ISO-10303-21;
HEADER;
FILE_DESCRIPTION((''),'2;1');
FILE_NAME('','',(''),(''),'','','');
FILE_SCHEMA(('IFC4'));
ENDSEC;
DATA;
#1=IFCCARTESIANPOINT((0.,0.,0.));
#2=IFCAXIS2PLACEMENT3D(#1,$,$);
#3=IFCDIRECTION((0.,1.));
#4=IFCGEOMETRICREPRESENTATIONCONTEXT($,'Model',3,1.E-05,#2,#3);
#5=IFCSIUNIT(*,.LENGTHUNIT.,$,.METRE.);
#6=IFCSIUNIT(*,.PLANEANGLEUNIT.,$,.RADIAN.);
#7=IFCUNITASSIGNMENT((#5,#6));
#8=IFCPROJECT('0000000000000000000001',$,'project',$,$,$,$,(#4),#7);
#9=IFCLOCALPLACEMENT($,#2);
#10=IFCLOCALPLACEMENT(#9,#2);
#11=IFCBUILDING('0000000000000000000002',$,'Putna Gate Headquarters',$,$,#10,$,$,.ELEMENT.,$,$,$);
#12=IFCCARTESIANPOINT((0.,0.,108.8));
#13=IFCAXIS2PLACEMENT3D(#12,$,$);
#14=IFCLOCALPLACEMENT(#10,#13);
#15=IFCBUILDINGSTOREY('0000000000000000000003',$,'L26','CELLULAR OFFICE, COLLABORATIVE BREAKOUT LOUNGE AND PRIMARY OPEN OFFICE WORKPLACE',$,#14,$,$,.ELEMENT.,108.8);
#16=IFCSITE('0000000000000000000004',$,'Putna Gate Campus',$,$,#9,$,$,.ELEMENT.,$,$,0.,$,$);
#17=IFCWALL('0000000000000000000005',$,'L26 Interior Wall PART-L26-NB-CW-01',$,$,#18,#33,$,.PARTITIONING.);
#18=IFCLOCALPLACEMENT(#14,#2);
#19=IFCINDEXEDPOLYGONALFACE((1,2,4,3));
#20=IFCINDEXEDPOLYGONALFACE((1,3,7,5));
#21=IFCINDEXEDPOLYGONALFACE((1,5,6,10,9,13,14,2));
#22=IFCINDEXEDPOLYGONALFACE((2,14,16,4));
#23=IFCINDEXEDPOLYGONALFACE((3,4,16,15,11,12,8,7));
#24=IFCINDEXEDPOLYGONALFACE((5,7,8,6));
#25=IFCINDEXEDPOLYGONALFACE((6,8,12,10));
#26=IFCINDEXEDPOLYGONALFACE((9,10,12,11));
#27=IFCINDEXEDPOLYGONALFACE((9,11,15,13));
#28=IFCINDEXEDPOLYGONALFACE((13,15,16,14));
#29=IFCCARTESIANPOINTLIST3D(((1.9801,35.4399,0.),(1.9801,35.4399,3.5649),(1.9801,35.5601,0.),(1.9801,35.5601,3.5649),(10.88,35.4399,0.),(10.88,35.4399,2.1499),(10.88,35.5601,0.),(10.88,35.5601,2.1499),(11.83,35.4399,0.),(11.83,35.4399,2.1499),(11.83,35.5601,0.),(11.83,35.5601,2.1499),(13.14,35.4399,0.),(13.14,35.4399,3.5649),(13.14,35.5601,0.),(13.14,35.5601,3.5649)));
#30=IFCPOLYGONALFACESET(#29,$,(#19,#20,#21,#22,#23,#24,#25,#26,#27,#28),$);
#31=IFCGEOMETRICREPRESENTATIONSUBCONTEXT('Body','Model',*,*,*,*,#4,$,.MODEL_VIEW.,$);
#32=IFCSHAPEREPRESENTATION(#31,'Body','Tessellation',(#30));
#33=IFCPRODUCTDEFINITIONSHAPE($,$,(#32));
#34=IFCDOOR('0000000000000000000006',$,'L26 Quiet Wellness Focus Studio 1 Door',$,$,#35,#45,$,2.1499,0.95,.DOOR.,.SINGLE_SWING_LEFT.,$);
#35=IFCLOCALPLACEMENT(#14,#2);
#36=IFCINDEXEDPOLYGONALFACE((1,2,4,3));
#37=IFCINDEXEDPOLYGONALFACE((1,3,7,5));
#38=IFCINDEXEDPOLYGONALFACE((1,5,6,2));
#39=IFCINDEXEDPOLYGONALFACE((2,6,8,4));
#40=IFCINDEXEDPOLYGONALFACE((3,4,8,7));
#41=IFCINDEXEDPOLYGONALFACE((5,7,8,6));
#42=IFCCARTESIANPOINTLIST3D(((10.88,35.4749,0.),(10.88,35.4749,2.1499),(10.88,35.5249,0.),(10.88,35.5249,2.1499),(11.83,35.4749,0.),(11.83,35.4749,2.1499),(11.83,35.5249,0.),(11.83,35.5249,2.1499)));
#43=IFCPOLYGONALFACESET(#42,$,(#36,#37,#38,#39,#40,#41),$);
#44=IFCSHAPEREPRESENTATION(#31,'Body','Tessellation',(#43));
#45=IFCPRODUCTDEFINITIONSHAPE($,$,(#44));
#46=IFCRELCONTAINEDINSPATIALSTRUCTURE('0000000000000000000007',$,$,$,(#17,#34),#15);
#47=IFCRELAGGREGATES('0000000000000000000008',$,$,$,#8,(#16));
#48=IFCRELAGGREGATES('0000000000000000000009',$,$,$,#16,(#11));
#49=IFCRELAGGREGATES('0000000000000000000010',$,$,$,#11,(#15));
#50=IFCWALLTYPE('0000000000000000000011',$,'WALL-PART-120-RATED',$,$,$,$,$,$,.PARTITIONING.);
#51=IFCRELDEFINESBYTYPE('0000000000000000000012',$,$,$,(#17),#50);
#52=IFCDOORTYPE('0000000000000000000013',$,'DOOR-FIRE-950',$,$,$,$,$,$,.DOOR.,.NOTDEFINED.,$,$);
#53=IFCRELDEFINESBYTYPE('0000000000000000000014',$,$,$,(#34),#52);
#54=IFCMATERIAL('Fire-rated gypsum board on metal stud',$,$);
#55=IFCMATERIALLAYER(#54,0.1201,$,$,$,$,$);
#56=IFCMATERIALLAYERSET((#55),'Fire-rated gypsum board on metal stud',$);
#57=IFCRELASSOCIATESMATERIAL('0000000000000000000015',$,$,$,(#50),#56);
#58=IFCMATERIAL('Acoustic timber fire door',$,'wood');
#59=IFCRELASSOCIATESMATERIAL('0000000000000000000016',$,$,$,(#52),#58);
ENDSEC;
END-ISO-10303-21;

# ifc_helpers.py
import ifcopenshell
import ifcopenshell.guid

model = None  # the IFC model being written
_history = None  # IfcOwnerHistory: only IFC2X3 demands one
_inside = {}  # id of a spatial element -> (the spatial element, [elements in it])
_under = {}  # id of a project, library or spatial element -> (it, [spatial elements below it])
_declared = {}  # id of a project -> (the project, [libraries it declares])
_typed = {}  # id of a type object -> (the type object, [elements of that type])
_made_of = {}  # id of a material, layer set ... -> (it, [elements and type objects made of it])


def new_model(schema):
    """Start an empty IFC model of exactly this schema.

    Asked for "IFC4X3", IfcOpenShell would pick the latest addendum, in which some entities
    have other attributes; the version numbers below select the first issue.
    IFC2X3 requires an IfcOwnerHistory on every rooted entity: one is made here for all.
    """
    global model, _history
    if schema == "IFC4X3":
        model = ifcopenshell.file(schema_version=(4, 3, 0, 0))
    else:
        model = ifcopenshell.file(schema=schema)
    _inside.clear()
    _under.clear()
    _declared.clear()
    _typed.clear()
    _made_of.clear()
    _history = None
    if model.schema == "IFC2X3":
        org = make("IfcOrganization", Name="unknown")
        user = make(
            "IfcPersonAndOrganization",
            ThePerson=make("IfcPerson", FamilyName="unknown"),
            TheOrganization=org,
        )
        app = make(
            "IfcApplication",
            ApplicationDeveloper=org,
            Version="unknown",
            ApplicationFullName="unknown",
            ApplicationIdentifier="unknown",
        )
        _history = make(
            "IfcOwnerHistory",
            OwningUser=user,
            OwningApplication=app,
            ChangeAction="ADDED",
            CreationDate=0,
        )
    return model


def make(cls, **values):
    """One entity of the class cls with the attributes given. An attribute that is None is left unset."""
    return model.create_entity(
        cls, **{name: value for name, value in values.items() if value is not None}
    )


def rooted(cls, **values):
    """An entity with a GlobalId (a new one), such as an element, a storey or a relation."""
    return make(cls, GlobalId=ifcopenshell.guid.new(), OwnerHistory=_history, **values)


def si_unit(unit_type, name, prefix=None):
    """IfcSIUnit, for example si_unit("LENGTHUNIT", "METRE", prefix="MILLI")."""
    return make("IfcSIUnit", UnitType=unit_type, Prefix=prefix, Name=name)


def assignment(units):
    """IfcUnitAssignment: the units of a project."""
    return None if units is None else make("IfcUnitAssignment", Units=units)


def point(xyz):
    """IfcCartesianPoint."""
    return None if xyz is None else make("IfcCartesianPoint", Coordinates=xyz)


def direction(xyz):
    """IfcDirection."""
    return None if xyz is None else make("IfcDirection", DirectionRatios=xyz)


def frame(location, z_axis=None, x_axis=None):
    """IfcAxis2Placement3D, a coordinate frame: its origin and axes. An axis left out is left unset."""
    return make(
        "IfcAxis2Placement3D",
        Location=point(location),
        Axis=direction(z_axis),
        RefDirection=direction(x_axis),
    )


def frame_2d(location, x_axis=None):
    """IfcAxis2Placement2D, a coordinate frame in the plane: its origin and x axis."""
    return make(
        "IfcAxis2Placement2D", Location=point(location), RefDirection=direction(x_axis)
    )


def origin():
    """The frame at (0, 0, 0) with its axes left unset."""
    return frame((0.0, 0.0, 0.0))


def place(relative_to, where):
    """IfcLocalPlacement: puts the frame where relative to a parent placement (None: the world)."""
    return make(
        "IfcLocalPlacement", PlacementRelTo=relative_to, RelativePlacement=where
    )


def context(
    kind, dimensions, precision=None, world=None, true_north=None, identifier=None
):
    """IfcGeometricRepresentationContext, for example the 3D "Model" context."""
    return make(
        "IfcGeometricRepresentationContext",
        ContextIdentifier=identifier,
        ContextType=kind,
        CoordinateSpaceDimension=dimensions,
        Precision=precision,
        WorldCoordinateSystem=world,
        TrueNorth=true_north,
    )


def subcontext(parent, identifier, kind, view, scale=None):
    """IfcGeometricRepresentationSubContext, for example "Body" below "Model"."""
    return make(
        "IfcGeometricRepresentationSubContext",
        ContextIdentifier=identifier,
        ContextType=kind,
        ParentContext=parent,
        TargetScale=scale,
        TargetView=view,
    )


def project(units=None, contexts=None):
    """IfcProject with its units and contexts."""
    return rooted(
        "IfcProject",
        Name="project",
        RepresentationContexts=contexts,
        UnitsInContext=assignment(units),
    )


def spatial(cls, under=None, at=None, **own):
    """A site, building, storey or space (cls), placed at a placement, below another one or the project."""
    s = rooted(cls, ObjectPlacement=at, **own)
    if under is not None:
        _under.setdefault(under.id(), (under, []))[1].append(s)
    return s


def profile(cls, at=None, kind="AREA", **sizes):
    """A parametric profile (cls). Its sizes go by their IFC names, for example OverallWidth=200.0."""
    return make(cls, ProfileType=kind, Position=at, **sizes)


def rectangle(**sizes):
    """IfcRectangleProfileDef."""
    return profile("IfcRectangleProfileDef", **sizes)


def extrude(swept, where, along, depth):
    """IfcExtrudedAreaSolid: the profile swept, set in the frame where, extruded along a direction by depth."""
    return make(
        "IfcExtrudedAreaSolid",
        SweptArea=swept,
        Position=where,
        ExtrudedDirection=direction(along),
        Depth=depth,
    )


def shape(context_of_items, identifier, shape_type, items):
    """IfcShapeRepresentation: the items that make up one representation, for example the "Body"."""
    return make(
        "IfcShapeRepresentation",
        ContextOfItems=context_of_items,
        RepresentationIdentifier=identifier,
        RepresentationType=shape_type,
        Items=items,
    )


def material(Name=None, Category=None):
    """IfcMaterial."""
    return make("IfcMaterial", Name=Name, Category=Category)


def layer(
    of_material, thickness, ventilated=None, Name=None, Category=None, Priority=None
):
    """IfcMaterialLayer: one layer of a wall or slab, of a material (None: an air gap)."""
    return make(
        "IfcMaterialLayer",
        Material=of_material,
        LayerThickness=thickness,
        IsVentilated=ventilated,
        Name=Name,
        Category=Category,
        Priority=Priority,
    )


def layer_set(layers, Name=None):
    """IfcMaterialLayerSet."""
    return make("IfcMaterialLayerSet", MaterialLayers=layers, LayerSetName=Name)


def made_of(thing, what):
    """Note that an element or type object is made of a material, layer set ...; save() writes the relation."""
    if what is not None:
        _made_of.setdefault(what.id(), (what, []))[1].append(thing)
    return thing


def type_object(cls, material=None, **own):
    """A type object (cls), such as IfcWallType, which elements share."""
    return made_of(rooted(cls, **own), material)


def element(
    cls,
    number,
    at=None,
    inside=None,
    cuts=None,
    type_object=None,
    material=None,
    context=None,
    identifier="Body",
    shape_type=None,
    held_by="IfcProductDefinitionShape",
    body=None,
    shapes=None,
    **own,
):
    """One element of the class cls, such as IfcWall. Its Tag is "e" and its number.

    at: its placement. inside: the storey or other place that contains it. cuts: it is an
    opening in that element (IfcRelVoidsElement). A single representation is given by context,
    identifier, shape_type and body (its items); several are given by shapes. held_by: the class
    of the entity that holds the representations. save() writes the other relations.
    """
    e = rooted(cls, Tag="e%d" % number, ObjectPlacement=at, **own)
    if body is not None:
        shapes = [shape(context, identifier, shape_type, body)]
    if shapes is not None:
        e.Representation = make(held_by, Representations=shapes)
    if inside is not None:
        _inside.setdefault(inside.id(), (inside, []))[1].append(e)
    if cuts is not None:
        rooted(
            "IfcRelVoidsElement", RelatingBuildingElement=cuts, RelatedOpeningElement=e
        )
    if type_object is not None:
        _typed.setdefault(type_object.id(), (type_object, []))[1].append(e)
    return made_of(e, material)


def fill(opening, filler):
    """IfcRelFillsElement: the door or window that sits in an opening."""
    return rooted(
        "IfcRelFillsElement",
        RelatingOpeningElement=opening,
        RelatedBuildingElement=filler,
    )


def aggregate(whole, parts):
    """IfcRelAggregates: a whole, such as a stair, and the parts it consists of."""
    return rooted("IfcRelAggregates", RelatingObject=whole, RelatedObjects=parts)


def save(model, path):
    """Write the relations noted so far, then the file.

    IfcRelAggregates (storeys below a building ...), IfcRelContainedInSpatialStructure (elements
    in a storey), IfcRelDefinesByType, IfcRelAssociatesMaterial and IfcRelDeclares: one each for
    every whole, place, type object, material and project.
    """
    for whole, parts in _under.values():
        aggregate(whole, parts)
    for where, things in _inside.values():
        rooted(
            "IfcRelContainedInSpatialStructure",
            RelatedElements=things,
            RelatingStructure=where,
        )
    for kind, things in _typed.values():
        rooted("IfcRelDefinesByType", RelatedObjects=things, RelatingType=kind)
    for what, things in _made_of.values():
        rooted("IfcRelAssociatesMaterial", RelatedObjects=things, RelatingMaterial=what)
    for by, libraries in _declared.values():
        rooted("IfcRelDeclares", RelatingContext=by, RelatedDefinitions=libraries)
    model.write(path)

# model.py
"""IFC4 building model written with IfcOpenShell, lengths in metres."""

from ifc_helpers import new_model, si_unit, direction, frame, frame_2d, origin, place, context, subcontext, project, spatial, rectangle, extrude, material, layer, layer_set, type_object, element, fill, save


model = new_model("IFC4")

# Units and contexts
model_context = context("Model", 3, precision=1e-05, world=origin(), true_north=direction((0.0, 1.0)))
body_context = subcontext(model_context, "Body", "Model", "MODEL_VIEW")
ifc_project = project(units=[si_unit("LENGTHUNIT", "METRE"), si_unit("PLANEANGLEUNIT", "RADIAN")], contexts=[model_context])

# Site, building, storey
site_placement = place(None, origin())
site = spatial("IfcSite", under=ifc_project, at=site_placement, Name="Putna Gate Campus", CompositionType="ELEMENT", RefElevation=0.0)
building_placement = place(site_placement, origin())
building = spatial("IfcBuilding", under=site, at=building_placement, Name="Putna Gate Headquarters", CompositionType="ELEMENT")
storey_placement = place(building_placement, frame((0.0, 0.0, 108.8)))
storey = spatial("IfcBuildingStorey", under=building, at=storey_placement, Name="L26", Description="CELLULAR OFFICE, COLLABORATIVE BREAKOUT LOUNGE AND PRIMARY OPEN OFFICE WORKPLACE", CompositionType="ELEMENT", Elevation=108.8)

# Shared definitions
ifc_material_1 = material(Name="Fire-rated gypsum board on metal stud")
ifc_layer_1 = layer(ifc_material_1, 0.1201)
ifc_layer_set_1 = layer_set([ifc_layer_1], Name="Fire-rated gypsum board on metal stud")
wall_type_1 = type_object("IfcWallType", Name="WALL-PART-120-RATED", PredefinedType="PARTITIONING", material=ifc_layer_set_1)
ifc_material_2 = material(Name="Acoustic timber fire door", Category="wood")
door_type_1 = type_object("IfcDoorType", Name="DOOR-FIRE-950", OperationType="NOTDEFINED", PredefinedType="DOOR", material=ifc_material_2)

# Wall, opening, door
wall_1_placement = place(storey_placement, frame((1.98, 35.5, 0.0), z_axis=(0.0, 0.0, 1.0), x_axis=(1.0, 0.0, 0.0)))
wall_1 = element("IfcWall", 1, at=wall_1_placement, inside=storey, type_object=wall_type_1, Name="L26 Interior Wall PART-L26-NB-CW-01", PredefinedType="PARTITIONING", context=body_context, shape_type="SweptSolid", body=[
    extrude(rectangle(XDim=11.1599, YDim=0.1201, at=frame_2d((5.5801, 0.0))), origin(), (0.0, 0.0, 1.0), 3.5649),
])
opening_1_placement = place(wall_1_placement, frame((8.8999, 0.0, 0.0)))
opening_1 = element("IfcOpeningElement", 2, at=opening_1_placement, cuts=wall_1, PredefinedType="OPENING", context=body_context, shape_type="SweptSolid", body=[
    extrude(rectangle(XDim=0.95, YDim=2.1499, at=frame_2d((0.4751, 1.075))), frame((0.0, 0.0701, 0.0), z_axis=(0.0, -1.0, 0.0), x_axis=(1.0, 0.0, 0.0)), (0.0, 0.0, 1.0), 0.1401),
])
door_1_placement = place(opening_1_placement, origin())
door_1 = element("IfcDoor", 3, at=door_1_placement, inside=storey, type_object=door_type_1, Name="L26 Quiet Wellness Focus Studio 1 Door", OperationType="SINGLE_SWING_LEFT", OverallHeight=2.1499, OverallWidth=0.95, PredefinedType="DOOR", context=body_context, shape_type="SweptSolid", body=[
    extrude(rectangle(XDim=0.95, YDim=2.1499, at=frame_2d((0.4751, 1.075))), frame((0.0, 0.0249, 0.0), z_axis=(0.0, -1.0, 0.0), x_axis=(1.0, 0.0, 0.0)), (0.0, 0.0, 1.0), 0.05),
])
fill(opening_1, door_1)

save(model, "model.ifc")
